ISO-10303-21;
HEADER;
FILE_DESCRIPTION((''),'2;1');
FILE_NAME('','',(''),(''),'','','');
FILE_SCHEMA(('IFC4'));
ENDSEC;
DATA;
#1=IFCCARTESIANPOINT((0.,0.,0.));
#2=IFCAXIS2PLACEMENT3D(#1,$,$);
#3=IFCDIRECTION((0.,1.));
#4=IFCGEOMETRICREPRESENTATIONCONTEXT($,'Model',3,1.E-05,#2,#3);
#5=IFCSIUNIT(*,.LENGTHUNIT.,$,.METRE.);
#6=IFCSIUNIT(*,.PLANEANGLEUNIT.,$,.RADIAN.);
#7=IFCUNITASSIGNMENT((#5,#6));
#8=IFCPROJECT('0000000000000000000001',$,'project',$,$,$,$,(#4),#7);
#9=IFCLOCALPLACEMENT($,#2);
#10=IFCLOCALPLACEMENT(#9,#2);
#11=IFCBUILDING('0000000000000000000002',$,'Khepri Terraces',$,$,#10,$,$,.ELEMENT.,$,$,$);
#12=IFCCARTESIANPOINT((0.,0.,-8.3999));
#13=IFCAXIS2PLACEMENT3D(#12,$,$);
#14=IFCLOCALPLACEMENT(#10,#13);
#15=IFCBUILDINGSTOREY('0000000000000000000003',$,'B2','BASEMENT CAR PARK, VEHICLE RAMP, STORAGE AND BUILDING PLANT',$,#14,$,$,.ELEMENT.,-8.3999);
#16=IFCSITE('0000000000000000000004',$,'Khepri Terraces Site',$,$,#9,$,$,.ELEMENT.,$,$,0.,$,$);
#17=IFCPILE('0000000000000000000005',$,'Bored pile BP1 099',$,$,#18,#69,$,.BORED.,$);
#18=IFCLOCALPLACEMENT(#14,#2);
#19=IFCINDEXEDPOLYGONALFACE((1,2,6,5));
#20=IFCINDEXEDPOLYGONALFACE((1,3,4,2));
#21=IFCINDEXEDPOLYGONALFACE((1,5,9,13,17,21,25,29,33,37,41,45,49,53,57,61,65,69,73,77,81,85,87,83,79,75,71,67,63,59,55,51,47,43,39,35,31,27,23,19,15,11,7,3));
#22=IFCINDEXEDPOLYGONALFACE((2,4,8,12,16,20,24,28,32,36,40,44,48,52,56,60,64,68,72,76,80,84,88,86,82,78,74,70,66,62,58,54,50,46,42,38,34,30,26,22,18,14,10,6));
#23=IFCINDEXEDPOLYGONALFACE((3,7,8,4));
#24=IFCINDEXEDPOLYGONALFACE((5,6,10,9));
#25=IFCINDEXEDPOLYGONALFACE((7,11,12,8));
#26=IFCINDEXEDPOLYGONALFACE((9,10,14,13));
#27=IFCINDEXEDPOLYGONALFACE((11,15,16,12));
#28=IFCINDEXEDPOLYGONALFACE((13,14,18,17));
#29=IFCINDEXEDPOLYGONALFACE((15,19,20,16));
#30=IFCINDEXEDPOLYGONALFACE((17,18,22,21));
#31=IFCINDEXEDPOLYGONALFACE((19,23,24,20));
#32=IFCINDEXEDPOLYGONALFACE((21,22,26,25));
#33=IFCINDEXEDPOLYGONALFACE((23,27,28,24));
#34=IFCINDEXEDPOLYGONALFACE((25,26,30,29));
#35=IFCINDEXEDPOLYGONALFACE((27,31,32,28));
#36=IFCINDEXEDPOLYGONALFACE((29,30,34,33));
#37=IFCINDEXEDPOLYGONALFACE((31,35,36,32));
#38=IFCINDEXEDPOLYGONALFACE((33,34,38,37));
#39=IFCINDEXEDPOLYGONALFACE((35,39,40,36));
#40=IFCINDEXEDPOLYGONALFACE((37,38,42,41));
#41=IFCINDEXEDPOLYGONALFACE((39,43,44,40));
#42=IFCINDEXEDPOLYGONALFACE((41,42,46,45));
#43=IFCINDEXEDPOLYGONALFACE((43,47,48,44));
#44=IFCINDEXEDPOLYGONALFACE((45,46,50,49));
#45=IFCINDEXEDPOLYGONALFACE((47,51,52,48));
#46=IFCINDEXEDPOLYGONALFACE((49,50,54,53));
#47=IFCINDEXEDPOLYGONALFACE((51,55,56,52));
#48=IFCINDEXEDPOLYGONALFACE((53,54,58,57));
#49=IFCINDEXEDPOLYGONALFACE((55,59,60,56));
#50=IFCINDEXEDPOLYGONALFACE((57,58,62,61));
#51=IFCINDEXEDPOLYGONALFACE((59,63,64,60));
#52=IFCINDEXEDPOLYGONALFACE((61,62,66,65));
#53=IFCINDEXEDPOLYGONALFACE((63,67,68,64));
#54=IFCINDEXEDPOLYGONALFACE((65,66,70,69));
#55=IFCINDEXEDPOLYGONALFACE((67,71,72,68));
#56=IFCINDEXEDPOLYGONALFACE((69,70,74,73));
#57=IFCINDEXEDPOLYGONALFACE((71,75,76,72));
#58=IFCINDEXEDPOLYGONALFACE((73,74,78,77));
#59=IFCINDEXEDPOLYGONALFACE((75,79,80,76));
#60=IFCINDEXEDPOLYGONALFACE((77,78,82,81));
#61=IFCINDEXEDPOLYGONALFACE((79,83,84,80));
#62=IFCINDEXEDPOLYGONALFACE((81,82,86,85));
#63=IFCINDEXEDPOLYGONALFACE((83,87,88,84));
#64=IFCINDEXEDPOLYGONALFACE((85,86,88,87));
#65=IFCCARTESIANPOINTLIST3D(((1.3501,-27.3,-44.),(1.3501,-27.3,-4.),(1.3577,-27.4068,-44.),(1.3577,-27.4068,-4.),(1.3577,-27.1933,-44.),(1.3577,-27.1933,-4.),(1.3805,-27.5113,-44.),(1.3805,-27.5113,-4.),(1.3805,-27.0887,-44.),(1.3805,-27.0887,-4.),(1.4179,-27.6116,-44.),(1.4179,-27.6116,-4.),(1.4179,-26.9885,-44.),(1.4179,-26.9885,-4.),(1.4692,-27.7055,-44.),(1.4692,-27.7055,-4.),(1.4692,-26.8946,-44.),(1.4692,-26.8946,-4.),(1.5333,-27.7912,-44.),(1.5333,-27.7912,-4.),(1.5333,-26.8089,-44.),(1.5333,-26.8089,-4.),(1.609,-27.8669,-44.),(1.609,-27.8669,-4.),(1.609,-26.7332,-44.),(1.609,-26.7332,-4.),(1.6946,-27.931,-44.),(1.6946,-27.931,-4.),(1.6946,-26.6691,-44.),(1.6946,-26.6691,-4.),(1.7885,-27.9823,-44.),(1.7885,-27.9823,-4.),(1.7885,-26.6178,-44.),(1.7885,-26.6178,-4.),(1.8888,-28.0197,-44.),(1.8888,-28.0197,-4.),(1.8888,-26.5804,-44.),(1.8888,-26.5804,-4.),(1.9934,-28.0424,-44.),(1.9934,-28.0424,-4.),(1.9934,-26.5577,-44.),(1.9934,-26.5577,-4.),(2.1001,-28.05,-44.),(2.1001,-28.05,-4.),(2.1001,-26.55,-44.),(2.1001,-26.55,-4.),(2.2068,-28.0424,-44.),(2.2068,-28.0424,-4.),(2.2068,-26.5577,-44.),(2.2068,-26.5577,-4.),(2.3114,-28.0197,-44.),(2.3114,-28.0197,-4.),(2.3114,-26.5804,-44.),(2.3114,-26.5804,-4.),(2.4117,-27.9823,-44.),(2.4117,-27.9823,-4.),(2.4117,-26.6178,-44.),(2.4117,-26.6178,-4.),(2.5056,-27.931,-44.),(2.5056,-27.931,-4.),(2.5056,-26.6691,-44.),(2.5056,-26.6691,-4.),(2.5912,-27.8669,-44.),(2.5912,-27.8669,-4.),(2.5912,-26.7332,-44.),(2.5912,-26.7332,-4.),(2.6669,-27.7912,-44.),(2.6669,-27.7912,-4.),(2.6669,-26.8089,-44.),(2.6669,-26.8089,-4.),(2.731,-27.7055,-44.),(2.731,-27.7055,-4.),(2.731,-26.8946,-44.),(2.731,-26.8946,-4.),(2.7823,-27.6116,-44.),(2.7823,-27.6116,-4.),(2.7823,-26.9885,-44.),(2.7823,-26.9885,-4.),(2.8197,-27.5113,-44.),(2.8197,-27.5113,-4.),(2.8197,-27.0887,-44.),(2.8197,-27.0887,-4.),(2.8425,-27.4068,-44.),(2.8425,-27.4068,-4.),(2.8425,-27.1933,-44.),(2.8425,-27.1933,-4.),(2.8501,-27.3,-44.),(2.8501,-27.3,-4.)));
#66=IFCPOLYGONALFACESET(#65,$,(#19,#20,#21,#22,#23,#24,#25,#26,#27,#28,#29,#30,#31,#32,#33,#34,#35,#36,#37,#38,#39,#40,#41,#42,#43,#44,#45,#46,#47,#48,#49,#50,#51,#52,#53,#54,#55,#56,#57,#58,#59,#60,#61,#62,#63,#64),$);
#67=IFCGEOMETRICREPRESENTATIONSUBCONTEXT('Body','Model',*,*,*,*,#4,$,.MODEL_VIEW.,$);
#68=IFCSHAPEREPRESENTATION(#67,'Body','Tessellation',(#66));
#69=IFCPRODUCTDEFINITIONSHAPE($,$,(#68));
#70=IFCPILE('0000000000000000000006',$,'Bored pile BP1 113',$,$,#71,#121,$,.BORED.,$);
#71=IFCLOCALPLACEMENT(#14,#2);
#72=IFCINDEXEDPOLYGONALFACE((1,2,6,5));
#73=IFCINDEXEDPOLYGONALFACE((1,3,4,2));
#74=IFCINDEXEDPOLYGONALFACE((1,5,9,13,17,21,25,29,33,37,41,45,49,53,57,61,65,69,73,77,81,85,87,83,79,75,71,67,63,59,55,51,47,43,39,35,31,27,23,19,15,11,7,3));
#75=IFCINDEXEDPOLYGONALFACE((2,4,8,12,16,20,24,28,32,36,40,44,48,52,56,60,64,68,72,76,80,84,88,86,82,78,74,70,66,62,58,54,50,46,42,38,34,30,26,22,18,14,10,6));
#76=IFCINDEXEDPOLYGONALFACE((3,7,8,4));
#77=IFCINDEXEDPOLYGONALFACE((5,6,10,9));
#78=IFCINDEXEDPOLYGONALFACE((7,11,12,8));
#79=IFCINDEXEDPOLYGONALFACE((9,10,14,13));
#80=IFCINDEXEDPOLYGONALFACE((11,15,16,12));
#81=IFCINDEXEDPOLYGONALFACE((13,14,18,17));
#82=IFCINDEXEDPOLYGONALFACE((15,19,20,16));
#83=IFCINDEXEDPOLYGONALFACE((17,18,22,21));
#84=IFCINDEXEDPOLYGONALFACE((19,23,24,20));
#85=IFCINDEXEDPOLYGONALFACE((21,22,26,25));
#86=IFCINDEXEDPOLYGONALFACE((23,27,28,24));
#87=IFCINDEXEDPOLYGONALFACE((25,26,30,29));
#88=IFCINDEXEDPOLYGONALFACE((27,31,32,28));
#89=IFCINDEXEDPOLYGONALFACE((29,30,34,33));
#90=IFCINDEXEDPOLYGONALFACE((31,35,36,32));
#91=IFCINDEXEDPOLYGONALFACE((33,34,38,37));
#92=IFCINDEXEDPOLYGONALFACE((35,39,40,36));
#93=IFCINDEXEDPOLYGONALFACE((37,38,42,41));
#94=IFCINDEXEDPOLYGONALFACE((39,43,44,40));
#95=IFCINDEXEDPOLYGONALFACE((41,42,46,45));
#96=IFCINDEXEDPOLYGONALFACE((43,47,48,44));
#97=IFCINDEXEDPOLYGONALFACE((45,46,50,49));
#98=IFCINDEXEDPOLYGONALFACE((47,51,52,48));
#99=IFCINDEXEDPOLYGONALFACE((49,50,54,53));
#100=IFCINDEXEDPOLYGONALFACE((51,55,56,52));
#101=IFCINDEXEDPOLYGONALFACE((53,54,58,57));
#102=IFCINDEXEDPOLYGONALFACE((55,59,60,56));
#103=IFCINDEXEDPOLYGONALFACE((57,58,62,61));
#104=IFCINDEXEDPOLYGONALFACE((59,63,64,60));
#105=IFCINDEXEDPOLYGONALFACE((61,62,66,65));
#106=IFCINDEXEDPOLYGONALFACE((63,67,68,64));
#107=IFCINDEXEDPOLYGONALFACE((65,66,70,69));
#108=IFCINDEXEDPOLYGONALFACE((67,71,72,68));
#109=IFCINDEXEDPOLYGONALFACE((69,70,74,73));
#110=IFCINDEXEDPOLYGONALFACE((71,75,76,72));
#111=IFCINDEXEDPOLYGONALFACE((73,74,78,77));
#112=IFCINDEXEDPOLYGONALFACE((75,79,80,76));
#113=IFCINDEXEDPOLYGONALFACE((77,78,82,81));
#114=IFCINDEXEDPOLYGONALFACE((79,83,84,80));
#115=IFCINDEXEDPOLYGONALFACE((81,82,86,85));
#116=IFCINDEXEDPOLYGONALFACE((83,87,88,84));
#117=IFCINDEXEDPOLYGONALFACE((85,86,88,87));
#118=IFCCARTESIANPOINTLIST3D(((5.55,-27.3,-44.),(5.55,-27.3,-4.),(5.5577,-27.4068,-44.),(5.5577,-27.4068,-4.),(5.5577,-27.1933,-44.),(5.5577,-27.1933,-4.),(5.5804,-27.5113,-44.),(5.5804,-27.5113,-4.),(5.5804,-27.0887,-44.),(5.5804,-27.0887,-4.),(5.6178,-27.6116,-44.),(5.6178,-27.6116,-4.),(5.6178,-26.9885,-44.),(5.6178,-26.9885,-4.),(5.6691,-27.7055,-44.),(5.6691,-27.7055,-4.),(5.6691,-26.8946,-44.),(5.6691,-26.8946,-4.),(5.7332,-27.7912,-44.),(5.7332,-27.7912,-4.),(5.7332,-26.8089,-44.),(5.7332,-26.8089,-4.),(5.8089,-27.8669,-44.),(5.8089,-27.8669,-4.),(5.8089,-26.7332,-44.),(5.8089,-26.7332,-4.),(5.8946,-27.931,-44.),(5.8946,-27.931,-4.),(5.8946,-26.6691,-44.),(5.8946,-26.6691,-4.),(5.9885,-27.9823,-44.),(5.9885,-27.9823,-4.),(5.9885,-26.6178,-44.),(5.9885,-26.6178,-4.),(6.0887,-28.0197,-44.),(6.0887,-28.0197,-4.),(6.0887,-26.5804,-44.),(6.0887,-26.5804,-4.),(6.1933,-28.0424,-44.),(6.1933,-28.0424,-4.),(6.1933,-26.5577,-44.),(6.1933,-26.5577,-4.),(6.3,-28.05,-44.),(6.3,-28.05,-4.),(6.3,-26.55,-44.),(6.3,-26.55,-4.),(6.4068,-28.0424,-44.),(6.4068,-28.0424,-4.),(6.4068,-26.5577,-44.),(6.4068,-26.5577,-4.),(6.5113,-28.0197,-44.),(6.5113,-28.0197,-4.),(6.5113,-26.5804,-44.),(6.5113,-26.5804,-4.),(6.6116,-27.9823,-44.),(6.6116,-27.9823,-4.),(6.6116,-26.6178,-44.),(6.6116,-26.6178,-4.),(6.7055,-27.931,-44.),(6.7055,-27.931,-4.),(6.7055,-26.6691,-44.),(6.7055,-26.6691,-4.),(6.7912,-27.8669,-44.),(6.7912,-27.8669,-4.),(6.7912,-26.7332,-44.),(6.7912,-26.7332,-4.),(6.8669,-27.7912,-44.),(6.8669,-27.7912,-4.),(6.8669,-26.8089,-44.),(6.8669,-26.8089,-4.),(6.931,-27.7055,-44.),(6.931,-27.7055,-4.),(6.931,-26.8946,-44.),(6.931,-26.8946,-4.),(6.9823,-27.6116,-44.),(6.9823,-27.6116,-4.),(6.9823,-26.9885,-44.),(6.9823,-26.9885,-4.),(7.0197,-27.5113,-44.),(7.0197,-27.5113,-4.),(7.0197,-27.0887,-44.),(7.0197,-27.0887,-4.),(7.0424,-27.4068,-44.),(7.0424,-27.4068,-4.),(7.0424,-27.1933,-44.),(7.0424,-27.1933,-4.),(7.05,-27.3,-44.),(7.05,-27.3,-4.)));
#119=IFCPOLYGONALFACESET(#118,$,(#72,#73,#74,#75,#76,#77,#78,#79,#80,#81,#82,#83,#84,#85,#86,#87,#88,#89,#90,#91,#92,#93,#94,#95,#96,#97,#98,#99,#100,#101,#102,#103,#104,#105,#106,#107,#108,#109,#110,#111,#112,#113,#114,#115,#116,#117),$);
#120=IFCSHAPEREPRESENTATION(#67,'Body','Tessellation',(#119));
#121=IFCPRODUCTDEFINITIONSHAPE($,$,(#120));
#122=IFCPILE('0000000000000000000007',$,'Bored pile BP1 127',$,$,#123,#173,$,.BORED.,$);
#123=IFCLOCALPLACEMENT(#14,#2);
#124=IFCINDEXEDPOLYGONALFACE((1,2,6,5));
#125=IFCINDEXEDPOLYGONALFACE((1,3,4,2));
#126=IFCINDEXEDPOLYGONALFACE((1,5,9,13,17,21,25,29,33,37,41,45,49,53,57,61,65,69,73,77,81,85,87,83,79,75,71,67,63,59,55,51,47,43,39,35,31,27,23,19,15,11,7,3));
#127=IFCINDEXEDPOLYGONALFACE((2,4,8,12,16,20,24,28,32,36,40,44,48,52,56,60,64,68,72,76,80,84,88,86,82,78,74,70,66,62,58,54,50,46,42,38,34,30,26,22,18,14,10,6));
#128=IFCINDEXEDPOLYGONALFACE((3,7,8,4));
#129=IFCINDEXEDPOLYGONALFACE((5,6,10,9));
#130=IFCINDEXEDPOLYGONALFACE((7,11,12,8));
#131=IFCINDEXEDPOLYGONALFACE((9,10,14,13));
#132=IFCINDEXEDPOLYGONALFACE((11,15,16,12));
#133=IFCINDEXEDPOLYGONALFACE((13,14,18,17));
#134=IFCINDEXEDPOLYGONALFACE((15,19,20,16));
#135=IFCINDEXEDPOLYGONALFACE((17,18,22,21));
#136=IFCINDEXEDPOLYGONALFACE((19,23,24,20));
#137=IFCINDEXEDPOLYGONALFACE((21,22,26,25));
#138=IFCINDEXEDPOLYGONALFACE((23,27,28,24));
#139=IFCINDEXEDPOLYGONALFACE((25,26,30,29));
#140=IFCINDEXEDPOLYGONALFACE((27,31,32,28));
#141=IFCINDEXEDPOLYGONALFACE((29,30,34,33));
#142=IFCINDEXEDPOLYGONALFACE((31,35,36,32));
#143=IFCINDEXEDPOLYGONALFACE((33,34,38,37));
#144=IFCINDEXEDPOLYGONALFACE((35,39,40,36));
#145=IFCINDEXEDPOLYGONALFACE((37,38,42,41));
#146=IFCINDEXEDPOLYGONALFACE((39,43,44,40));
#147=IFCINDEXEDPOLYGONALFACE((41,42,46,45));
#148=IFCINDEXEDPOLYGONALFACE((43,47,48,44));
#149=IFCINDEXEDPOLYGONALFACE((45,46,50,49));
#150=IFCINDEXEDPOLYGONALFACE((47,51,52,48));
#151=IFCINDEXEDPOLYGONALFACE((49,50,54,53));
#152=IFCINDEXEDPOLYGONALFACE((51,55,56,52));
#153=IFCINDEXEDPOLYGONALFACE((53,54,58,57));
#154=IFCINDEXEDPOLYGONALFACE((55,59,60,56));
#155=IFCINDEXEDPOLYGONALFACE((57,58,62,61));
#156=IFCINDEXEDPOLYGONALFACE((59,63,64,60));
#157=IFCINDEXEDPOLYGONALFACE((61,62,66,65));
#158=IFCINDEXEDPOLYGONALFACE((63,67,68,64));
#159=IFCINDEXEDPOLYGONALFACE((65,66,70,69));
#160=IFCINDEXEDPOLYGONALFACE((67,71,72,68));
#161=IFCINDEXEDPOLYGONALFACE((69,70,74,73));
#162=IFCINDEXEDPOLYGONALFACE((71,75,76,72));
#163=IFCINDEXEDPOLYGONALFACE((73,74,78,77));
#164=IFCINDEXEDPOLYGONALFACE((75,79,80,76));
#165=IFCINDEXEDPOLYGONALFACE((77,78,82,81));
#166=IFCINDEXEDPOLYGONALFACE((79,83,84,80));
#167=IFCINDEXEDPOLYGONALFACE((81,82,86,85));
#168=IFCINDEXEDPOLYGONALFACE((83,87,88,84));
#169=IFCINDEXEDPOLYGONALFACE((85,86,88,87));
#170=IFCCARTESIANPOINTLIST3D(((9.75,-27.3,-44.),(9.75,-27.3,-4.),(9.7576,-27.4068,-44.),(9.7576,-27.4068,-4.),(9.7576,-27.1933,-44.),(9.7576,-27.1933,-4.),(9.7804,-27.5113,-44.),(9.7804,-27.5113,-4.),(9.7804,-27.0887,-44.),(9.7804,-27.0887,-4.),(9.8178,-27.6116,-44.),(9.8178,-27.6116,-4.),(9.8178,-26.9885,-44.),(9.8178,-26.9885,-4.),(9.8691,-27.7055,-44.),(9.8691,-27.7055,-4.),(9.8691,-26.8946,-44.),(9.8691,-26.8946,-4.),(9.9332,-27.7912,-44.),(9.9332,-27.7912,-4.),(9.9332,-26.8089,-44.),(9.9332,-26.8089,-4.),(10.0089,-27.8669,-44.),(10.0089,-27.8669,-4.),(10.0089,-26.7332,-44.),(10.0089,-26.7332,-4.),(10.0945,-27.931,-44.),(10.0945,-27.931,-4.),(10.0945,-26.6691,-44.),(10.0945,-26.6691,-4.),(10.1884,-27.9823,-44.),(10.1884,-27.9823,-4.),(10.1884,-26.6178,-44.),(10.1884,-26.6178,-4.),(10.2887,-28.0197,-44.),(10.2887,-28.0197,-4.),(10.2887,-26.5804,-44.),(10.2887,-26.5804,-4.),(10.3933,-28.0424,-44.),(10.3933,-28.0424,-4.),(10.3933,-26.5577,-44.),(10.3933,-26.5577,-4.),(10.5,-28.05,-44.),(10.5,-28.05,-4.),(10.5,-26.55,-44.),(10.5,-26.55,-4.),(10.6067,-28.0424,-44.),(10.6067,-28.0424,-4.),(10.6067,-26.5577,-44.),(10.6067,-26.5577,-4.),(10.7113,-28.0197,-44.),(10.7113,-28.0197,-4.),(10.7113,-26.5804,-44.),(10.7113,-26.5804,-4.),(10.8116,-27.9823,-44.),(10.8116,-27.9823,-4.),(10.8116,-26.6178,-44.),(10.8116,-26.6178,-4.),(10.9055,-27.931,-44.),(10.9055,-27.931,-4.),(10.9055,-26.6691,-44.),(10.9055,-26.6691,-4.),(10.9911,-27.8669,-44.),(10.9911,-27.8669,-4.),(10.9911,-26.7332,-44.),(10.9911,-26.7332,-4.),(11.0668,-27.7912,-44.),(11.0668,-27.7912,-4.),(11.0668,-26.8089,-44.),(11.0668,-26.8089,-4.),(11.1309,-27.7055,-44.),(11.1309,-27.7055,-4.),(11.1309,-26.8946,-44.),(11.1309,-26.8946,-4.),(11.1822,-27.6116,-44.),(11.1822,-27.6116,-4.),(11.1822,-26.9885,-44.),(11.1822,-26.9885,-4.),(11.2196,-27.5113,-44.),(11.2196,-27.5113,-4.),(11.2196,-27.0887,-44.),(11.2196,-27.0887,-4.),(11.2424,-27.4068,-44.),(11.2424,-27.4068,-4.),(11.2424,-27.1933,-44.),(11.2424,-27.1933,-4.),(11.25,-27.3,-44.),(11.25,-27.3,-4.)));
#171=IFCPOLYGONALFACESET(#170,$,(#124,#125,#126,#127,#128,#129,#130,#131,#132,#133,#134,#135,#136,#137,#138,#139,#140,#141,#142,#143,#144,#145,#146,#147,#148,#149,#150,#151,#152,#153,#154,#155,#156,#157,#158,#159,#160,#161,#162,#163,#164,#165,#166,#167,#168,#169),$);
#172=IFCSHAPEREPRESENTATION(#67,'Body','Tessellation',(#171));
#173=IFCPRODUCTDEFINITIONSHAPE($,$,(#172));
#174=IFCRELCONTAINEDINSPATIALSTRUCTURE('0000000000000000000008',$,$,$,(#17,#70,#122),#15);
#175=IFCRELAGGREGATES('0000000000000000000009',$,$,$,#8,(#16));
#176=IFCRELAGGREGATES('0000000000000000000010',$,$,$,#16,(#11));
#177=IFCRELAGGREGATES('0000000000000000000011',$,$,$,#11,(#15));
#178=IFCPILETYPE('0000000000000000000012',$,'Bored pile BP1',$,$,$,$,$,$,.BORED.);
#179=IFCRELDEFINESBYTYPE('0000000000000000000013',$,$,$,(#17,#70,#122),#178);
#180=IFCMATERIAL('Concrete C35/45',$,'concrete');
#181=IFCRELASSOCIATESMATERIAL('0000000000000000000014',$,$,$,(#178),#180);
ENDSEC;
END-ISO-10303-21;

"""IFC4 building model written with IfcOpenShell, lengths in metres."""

from ifc_helpers import new_model, si_unit, direction, frame, origin, origin_2d, place, context, subcontext, project, spatial, circle, extrude, material, material_profile, profile_set, type_object, element, save


model = new_model("IFC4")

# Units and contexts
model_context = context("Model", 3, precision=1e-05, world=origin(), true_north=direction((0.0, 1.0)))
body_context = subcontext(model_context, "Body", "Model", "MODEL_VIEW")
ifc_project = project(units=[si_unit("LENGTHUNIT", "METRE"), si_unit("PLANEANGLEUNIT", "RADIAN")], contexts=[model_context])

# Site, building, storey
site_placement = place(None, origin())
site = spatial("IfcSite", under=ifc_project, at=site_placement, Name="Khepri Terraces Site", CompositionType="ELEMENT", RefElevation=0.0)
building_placement = place(site_placement, origin())
building = spatial("IfcBuilding", under=site, at=building_placement, Name="Khepri Terraces", CompositionType="ELEMENT")
storey_placement = place(building_placement, frame((0.0, 0.0, -8.3999)))
storey = spatial("IfcBuildingStorey", under=building, at=storey_placement, Name="B2", Description="BASEMENT CAR PARK, VEHICLE RAMP, STORAGE AND BUILDING PLANT", CompositionType="ELEMENT", Elevation=-8.3999)

# Piles
ifc_material_1 = material(Name="Concrete C35/45", Category="concrete")
ifc_material_profile_1 = material_profile(ifc_material_1, circle(Radius=0.75, at=origin_2d()), Name="Concrete C35/45", Category="concrete")
ifc_profile_set_1 = profile_set([ifc_material_profile_1], Name="Concrete C35/45")
pile_type = type_object("IfcPileType", Name="Bored pile BP1", PredefinedType="BORED", material=ifc_profile_set_1)
for number, where, z_axis, x_axis, name in (
    (1, (2.1001, -27.3, -4.0), (0.0, 0.0, -1.0), (1.0, 0.0, 0.0), "Bored pile BP1 099"),
    (2, (6.3, -27.3, -4.0), (0.0, 0.0, -1.0), (1.0, 0.0, 0.0), "Bored pile BP1 113"),
    (3, (10.5, -27.3, -4.0), (0.0, 0.0, -1.0), (1.0, 0.0, 0.0), "Bored pile BP1 127"),
):
    element("IfcPile", number, at=place(storey_placement, frame(where, z_axis=z_axis, x_axis=x_axis)), inside=storey, type_object=pile_type, Name=name, PredefinedType="BORED", context=body_context, shape_type="SweptSolid", body=[
        extrude(circle(Radius=0.75, at=origin_2d()), origin(), (0.0, 0.0, 1.0), 40.0),
    ])

save(model, "model.ifc")
